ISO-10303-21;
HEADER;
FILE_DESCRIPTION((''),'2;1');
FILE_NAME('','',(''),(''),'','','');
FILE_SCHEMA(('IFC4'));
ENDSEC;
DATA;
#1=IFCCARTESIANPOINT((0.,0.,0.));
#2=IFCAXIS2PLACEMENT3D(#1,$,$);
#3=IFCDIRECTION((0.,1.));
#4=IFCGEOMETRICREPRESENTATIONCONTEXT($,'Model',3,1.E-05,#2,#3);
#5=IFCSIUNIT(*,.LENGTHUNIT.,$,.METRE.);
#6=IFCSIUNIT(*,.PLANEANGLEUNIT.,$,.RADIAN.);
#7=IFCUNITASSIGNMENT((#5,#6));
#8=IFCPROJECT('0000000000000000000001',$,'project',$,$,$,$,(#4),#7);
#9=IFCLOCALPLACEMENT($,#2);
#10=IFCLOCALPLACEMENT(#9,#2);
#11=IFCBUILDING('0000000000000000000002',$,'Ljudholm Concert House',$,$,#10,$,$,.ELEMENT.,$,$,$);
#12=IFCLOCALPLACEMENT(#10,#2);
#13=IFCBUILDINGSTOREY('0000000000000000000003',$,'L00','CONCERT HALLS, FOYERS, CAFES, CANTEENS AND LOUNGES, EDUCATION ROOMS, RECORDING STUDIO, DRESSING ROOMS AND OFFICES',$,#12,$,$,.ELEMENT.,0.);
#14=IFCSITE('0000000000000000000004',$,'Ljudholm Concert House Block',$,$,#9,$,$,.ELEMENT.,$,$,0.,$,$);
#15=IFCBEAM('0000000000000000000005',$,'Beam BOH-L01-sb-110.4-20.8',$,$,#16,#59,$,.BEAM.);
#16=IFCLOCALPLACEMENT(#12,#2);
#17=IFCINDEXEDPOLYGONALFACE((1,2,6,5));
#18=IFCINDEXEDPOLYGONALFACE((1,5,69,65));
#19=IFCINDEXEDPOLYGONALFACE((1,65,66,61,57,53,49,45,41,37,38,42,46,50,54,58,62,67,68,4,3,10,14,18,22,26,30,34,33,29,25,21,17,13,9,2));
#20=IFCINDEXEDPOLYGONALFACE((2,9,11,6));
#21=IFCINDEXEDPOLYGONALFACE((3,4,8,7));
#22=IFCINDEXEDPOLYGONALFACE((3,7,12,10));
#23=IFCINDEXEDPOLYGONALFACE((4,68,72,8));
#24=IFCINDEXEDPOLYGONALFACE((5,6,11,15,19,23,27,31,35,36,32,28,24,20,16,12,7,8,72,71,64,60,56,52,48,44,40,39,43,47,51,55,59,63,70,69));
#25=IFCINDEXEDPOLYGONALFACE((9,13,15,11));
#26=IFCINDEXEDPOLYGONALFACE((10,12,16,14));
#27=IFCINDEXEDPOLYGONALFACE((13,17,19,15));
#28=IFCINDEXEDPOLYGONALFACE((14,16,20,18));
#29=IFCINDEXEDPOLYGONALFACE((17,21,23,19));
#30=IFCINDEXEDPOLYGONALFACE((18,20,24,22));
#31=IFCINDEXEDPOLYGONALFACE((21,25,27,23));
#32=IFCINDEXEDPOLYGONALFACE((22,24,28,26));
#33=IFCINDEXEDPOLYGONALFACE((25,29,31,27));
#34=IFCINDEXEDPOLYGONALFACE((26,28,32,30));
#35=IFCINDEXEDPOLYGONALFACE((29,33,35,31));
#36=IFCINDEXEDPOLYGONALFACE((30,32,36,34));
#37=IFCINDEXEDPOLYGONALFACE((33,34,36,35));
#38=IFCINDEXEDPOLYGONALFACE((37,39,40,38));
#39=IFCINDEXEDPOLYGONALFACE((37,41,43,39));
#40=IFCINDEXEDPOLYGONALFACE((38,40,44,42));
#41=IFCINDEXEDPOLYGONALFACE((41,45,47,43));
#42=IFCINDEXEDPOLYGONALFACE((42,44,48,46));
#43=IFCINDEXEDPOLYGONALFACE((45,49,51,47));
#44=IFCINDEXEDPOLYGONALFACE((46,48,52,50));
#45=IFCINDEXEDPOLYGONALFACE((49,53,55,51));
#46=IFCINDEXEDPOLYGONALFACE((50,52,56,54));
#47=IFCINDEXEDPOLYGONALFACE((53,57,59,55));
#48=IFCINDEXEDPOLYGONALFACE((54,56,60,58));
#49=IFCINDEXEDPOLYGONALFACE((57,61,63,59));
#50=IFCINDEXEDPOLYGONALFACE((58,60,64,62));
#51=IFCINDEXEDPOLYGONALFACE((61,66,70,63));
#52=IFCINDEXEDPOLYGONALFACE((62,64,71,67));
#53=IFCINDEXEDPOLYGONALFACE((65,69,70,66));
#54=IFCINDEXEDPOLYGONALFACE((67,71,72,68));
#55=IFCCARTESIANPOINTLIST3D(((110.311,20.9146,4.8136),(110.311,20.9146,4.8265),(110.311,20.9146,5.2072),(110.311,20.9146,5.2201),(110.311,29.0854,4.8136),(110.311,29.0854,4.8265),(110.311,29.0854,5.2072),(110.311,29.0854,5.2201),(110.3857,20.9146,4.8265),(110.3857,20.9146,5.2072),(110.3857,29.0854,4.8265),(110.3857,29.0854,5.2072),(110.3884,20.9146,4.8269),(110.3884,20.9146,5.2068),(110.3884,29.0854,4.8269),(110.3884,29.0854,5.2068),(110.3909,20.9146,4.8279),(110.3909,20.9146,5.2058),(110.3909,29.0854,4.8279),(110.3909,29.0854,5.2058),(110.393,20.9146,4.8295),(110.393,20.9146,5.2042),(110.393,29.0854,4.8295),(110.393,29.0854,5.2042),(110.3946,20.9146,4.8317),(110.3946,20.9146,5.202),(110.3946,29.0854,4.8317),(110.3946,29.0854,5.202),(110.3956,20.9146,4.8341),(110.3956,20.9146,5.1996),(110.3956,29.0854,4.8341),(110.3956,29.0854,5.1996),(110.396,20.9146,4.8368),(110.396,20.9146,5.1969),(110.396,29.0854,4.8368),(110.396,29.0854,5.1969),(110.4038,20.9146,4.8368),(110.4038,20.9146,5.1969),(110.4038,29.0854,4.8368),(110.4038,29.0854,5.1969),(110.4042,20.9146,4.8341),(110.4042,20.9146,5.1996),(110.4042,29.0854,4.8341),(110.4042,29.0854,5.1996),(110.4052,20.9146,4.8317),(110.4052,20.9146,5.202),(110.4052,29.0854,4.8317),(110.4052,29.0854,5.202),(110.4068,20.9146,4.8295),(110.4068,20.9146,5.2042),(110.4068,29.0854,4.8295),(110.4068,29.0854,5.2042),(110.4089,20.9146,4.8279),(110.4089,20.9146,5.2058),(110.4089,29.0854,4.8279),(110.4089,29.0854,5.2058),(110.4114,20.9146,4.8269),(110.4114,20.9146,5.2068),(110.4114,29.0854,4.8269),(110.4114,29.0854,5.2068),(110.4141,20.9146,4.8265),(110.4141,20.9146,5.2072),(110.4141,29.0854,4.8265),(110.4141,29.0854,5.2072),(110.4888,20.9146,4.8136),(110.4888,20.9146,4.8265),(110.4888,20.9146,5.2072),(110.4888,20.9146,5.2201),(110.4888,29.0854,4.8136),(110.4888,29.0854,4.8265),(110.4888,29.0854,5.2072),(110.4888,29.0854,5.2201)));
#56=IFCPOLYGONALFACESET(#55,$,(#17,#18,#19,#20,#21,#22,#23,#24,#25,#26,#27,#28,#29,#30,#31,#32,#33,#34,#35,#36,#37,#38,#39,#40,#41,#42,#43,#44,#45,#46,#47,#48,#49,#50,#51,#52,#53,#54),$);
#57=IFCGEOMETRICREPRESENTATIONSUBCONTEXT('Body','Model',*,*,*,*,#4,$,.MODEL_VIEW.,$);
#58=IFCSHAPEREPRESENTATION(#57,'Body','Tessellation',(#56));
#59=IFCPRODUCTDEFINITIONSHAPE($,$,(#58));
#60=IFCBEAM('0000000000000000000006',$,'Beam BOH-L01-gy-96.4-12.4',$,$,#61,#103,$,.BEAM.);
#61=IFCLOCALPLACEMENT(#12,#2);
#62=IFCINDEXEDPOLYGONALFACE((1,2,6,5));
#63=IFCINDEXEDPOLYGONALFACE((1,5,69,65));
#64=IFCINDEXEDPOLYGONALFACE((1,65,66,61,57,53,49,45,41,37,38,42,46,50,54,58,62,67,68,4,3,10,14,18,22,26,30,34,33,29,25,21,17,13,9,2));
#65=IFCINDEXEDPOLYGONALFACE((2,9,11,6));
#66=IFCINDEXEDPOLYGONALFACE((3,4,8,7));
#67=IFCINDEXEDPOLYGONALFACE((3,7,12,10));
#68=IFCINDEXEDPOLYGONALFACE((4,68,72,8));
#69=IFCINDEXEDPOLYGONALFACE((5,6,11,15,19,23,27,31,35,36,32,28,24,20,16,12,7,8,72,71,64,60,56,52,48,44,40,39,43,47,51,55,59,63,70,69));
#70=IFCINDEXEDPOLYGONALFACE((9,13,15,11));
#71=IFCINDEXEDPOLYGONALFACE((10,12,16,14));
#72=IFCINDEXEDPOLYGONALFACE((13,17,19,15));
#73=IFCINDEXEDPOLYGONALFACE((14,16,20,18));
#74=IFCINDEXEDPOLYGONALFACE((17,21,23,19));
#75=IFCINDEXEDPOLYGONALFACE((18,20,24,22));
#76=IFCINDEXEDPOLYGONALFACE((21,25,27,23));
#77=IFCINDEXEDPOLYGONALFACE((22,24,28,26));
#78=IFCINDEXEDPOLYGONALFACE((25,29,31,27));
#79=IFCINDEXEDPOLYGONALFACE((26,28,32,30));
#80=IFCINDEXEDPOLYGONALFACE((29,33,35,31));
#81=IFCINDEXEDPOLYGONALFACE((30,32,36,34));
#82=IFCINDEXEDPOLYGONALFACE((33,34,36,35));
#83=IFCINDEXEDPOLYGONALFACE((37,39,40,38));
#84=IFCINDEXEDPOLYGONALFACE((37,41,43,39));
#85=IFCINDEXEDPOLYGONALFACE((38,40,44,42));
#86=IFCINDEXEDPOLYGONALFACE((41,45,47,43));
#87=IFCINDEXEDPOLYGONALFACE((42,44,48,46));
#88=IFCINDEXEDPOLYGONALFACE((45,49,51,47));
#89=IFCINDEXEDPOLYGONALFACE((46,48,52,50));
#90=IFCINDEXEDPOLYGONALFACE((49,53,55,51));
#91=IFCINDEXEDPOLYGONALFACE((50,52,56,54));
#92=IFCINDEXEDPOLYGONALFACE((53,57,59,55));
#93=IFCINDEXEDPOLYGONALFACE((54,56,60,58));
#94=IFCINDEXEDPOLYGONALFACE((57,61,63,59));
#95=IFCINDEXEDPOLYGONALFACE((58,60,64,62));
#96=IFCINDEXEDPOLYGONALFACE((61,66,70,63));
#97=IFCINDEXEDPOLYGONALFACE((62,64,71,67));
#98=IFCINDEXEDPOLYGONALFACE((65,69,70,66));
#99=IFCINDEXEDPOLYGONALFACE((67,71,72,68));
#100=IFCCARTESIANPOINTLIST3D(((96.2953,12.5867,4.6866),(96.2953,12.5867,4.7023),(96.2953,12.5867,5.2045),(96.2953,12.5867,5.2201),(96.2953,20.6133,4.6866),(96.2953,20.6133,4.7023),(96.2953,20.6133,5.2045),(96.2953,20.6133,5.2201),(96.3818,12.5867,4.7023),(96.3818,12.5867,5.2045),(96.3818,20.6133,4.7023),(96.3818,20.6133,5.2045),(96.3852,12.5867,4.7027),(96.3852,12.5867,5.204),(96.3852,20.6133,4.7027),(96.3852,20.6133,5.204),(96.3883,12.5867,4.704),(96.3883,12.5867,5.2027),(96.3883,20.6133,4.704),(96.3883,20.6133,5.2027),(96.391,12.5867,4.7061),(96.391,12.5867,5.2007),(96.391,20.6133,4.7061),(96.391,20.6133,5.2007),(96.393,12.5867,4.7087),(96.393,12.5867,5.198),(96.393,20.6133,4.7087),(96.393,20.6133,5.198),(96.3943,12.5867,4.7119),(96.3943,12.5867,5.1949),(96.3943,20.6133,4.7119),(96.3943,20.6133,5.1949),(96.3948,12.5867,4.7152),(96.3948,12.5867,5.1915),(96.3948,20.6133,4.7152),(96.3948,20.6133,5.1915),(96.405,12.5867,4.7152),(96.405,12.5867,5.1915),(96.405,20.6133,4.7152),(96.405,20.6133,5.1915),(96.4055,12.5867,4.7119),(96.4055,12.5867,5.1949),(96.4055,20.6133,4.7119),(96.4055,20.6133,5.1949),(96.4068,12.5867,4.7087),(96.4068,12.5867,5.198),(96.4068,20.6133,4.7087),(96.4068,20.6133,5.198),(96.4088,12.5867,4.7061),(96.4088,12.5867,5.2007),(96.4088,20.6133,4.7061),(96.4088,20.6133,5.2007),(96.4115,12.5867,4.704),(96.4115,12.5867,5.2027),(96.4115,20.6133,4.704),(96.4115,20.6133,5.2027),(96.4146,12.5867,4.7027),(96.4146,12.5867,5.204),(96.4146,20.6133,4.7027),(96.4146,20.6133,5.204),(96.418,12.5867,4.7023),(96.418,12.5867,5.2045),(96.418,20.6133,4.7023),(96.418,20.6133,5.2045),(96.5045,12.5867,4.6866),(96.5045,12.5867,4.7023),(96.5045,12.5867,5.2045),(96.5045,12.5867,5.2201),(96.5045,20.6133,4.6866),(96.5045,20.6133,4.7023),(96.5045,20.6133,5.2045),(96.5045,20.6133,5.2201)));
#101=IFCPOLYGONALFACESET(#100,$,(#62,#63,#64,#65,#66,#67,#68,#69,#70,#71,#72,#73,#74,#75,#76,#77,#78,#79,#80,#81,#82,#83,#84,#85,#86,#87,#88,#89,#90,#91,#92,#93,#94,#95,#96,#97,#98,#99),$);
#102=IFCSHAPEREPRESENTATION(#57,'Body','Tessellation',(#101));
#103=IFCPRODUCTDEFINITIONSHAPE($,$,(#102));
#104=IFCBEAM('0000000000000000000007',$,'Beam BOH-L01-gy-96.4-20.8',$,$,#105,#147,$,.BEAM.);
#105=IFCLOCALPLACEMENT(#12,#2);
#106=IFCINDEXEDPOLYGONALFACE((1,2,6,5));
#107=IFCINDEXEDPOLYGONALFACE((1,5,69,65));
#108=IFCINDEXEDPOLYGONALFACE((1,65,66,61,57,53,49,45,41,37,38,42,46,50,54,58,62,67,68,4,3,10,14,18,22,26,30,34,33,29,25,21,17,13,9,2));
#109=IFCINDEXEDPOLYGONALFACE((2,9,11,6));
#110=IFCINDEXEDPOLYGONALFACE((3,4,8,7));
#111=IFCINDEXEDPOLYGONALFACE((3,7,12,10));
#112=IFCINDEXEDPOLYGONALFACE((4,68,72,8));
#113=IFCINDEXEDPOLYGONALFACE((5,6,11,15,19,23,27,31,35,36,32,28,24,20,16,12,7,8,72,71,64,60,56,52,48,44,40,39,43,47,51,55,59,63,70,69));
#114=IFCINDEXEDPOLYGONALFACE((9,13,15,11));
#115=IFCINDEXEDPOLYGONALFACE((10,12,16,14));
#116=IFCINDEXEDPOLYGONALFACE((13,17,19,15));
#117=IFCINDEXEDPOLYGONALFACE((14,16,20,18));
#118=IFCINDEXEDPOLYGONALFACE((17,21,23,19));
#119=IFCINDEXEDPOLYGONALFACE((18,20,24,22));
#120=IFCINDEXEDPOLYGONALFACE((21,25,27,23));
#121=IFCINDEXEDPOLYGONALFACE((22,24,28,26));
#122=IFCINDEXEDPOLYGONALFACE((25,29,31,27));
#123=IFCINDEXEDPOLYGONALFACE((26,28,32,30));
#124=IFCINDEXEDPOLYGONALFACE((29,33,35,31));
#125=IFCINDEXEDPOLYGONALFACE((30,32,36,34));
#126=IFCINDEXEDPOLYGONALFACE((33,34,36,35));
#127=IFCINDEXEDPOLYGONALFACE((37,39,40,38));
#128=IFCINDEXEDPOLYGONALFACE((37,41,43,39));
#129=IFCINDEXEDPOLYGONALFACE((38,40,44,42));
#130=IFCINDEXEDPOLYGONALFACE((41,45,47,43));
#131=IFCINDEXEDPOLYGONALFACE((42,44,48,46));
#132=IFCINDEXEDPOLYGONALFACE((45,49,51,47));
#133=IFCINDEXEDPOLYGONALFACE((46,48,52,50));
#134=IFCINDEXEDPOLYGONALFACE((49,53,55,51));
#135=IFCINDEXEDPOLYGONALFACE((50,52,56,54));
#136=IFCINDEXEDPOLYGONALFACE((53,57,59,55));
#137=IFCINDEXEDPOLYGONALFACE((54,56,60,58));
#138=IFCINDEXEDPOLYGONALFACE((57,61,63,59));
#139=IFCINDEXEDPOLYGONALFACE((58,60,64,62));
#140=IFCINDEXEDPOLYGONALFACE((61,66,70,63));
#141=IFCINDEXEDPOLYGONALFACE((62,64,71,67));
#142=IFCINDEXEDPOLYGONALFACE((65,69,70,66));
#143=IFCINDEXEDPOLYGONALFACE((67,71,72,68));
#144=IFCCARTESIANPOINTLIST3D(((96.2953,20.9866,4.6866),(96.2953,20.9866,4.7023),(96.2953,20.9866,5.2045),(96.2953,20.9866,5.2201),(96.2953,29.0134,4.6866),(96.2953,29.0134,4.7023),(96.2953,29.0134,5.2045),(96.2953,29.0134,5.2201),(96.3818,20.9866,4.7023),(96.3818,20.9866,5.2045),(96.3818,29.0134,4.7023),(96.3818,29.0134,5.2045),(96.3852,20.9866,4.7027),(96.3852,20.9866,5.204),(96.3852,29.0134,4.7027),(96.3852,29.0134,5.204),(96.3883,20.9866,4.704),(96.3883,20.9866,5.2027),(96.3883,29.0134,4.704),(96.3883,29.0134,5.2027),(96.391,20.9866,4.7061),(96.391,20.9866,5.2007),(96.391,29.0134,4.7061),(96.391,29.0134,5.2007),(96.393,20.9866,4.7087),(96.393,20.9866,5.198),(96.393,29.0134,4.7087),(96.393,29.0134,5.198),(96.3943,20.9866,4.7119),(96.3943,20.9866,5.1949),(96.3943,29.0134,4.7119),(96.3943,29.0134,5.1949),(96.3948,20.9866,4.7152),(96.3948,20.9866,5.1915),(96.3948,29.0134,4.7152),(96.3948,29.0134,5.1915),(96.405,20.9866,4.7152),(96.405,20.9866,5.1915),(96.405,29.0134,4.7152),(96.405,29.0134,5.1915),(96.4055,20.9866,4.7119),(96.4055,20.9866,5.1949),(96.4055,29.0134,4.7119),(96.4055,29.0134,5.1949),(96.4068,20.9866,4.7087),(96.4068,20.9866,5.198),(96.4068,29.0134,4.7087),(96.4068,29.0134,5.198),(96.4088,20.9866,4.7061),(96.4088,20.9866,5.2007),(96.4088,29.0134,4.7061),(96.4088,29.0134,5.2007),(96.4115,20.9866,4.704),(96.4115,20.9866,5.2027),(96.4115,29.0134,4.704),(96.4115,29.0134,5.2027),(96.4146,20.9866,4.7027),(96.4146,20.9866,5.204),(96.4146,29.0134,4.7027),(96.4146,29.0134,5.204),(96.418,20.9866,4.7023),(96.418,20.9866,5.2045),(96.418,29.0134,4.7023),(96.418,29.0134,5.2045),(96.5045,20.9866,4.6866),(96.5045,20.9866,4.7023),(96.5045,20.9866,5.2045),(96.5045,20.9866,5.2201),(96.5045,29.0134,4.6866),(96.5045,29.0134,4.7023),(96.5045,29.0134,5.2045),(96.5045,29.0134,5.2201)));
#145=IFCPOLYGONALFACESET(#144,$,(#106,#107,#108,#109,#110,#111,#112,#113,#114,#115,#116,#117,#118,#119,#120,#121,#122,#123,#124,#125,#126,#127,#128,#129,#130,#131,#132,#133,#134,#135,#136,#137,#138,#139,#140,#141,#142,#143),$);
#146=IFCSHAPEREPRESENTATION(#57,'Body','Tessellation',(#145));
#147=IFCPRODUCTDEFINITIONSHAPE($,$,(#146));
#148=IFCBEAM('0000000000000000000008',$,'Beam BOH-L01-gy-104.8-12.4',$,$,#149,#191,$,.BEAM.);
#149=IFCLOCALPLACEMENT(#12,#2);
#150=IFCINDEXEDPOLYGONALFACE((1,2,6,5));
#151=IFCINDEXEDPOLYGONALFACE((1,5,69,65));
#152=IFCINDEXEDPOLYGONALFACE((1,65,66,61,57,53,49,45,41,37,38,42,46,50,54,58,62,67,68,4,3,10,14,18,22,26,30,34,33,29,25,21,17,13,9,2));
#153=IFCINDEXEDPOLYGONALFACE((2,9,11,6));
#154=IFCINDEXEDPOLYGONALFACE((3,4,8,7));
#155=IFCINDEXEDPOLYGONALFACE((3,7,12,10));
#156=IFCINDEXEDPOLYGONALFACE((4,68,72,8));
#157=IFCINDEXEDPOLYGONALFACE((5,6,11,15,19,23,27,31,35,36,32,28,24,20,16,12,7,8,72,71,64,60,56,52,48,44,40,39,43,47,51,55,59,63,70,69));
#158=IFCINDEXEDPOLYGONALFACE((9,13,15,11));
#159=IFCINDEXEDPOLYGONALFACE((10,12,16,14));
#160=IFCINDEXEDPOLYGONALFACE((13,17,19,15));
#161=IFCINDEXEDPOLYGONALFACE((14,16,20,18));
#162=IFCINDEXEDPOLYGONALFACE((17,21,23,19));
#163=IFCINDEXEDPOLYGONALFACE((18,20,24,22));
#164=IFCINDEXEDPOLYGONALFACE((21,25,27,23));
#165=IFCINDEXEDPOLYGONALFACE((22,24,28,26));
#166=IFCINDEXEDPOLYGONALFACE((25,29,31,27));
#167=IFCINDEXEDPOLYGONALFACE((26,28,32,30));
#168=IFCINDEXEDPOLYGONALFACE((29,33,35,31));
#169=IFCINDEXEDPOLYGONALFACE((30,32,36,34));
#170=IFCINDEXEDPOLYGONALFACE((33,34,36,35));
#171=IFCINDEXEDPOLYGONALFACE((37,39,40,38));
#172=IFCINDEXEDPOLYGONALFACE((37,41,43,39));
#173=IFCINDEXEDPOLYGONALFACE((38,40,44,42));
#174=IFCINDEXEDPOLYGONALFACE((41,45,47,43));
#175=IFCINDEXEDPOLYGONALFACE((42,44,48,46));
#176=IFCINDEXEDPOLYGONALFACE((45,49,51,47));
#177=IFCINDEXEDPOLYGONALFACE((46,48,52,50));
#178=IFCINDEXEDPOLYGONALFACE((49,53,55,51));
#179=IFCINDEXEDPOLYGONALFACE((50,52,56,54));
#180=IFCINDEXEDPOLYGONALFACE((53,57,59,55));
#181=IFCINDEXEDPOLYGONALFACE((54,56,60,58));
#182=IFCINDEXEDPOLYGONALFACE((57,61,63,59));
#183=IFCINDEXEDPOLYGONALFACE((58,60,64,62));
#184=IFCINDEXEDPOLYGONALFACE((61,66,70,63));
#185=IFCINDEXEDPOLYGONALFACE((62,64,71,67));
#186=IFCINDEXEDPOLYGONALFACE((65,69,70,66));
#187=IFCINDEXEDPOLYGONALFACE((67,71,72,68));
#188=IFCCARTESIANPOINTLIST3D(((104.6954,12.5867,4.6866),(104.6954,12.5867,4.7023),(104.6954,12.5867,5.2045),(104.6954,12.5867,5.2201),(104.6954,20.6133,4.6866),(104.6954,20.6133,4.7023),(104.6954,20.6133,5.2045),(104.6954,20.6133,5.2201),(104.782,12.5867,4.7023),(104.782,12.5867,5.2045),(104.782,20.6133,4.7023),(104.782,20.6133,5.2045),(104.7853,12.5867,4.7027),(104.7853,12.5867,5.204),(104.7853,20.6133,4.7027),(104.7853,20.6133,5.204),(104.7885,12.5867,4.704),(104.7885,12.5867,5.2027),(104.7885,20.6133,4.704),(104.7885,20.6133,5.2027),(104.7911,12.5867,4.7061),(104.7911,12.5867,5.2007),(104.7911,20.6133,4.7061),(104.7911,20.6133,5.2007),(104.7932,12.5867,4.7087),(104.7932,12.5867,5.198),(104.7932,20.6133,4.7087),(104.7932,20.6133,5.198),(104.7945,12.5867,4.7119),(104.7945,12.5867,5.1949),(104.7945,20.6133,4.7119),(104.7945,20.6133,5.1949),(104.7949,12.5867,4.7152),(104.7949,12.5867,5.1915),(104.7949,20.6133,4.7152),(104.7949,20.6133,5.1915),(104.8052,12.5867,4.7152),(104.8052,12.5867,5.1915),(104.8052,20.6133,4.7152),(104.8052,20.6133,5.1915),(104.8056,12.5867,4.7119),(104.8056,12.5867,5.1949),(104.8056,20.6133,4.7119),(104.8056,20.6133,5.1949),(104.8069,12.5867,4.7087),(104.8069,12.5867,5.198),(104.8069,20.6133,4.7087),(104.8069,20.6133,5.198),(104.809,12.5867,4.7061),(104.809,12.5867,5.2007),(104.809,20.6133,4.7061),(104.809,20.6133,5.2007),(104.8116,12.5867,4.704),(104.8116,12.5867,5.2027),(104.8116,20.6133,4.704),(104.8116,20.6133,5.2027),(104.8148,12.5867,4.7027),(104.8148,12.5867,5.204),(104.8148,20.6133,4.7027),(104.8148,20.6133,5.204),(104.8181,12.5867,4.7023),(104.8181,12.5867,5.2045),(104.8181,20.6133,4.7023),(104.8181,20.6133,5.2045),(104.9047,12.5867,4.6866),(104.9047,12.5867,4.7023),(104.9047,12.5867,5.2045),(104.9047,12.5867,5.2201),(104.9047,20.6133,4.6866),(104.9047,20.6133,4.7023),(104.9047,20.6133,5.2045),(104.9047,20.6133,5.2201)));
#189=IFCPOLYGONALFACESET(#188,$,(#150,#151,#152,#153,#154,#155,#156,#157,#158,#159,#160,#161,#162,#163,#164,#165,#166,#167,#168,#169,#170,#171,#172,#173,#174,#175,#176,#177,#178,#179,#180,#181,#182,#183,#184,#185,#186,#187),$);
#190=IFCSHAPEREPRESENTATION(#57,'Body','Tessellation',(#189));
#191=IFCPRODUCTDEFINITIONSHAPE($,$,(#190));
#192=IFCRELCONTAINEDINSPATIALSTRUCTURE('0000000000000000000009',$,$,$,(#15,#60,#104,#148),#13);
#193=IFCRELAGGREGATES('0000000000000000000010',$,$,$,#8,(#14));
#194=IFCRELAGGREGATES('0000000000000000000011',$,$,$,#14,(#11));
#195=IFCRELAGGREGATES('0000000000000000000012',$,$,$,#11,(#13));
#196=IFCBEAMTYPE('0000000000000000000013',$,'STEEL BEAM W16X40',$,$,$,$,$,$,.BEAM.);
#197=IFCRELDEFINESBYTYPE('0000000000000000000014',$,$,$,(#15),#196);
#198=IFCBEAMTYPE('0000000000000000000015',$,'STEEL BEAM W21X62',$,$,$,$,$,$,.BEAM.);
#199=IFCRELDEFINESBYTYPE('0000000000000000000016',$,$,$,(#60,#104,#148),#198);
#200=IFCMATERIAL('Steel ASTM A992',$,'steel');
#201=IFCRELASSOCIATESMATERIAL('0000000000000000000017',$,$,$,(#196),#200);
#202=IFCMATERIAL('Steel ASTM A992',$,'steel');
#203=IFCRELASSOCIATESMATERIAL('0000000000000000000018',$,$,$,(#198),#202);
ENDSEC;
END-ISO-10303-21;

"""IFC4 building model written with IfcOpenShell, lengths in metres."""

from ifc_helpers import new_model, si_unit, direction, frame, origin, origin_2d, place, context, subcontext, project, spatial, i_section, extrude, material, material_profile, profile_set, type_object, element, save


model = new_model("IFC4")

# Units and contexts
model_context = context("Model", 3, precision=1e-05, world=origin(), true_north=direction((0.0, 1.0)))
body_context = subcontext(model_context, "Body", "Model", "MODEL_VIEW")
ifc_project = project(units=[si_unit("LENGTHUNIT", "METRE"), si_unit("PLANEANGLEUNIT", "RADIAN")], contexts=[model_context])

# Site, building, storey
site_placement = place(None, origin())
site = spatial("IfcSite", under=ifc_project, at=site_placement, Name="Ljudholm Concert House Block", CompositionType="ELEMENT", RefElevation=0.0)
building_placement = place(site_placement, origin())
building = spatial("IfcBuilding", under=site, at=building_placement, Name="Ljudholm Concert House", CompositionType="ELEMENT")
storey_placement = place(building_placement, origin())
storey = spatial("IfcBuildingStorey", under=building, at=storey_placement, Name="L00", Description="CONCERT HALLS, FOYERS, CAFES, CANTEENS AND LOUNGES, EDUCATION ROOMS, RECORDING STUDIO, DRESSING ROOMS AND OFFICES", CompositionType="ELEMENT", Elevation=0.0)

# Beams
ifc_material_1 = material(Name="Steel ASTM A992", Category="steel")
ifc_material_profile_1 = material_profile(ifc_material_1, i_section(OverallWidth=0.1777, OverallDepth=0.4065, WebThickness=0.0078, FlangeThickness=0.0129, FilletRadius=0.0103, at=origin_2d()), Name="W16X40")
ifc_profile_set_1 = profile_set([ifc_material_profile_1], Name="Steel ASTM A992")
beam_type_1 = type_object("IfcBeamType", Name="STEEL BEAM W16X40", PredefinedType="BEAM", material=ifc_profile_set_1)
for number, where, z_axis, x_axis, name in (
    (1, (110.3999, 20.9146, 5.0168), (0.0, 1.0, 0.0), (-1.0, 0.0, 0.0), "Beam BOH-L01-sb-110.4-20.8"),
):
    element("IfcBeam", number, at=place(storey_placement, frame(where, z_axis=z_axis, x_axis=x_axis)), inside=storey, type_object=beam_type_1, Name=name, PredefinedType="BEAM", context=body_context, shape_type="SweptSolid", body=[
        extrude(i_section(OverallWidth=0.1777, OverallDepth=0.4065, WebThickness=0.0078, FlangeThickness=0.0129, FilletRadius=0.0103, at=origin_2d()), origin(), (0.0, 0.0, 1.0), 8.1709),
    ])
ifc_material_2 = material(Name="Steel ASTM A992", Category="steel")
ifc_material_profile_2 = material_profile(ifc_material_2, i_section(OverallWidth=0.2092, OverallDepth=0.5334, WebThickness=0.0103, FlangeThickness=0.0156, FilletRadius=0.0129, at=origin_2d()), Name="W21X62")
ifc_profile_set_2 = profile_set([ifc_material_profile_2], Name="Steel ASTM A992")
beam_type_2 = type_object("IfcBeamType", Name="STEEL BEAM W21X62", PredefinedType="BEAM", material=ifc_profile_set_2)
beam_1_placement = place(storey_placement, frame((96.3999, 12.5867, 4.9534), z_axis=(0.0, 1.0, 0.0), x_axis=(-1.0, 0.0, 0.0)))
element("IfcBeam", 2, at=beam_1_placement, inside=storey, type_object=beam_type_2, Name="Beam BOH-L01-gy-96.4-12.4", PredefinedType="BEAM", context=body_context, shape_type="SweptSolid", body=[
    extrude(i_section(OverallWidth=0.2092, OverallDepth=0.5334, WebThickness=0.0103, FlangeThickness=0.0156, FilletRadius=0.0129, at=origin_2d()), origin(), (0.0, 0.0, 1.0), 8.0266),
])
beam_2_placement = place(storey_placement, frame((96.3999, 20.9866, 4.9534), z_axis=(0.0, 1.0, 0.0), x_axis=(-1.0, 0.0, 0.0)))
element("IfcBeam", 3, at=beam_2_placement, inside=storey, type_object=beam_type_2, Name="Beam BOH-L01-gy-96.4-20.8", PredefinedType="BEAM", context=body_context, shape_type="SweptSolid", body=[
    extrude(i_section(OverallWidth=0.2092, OverallDepth=0.5334, WebThickness=0.0103, FlangeThickness=0.0156, FilletRadius=0.0129, at=origin_2d()), origin(), (0.0, 0.0, 1.0), 8.0269),
])
for number, where, z_axis, x_axis, name in (
    (4, (104.8, 12.5867, 4.9534), (0.0, 1.0, 0.0), (-1.0, 0.0, 0.0), "Beam BOH-L01-gy-104.8-12.4"),
):
    element("IfcBeam", number, at=place(storey_placement, frame(where, z_axis=z_axis, x_axis=x_axis)), inside=storey, type_object=beam_type_2, Name=name, PredefinedType="BEAM", context=body_context, shape_type="SweptSolid", body=[
        extrude(i_section(OverallWidth=0.2092, OverallDepth=0.5334, WebThickness=0.0103, FlangeThickness=0.0156, FilletRadius=0.0129, at=origin_2d()), origin(), (0.0, 0.0, 1.0), 8.0266),
    ])

save(model, "model.ifc")
